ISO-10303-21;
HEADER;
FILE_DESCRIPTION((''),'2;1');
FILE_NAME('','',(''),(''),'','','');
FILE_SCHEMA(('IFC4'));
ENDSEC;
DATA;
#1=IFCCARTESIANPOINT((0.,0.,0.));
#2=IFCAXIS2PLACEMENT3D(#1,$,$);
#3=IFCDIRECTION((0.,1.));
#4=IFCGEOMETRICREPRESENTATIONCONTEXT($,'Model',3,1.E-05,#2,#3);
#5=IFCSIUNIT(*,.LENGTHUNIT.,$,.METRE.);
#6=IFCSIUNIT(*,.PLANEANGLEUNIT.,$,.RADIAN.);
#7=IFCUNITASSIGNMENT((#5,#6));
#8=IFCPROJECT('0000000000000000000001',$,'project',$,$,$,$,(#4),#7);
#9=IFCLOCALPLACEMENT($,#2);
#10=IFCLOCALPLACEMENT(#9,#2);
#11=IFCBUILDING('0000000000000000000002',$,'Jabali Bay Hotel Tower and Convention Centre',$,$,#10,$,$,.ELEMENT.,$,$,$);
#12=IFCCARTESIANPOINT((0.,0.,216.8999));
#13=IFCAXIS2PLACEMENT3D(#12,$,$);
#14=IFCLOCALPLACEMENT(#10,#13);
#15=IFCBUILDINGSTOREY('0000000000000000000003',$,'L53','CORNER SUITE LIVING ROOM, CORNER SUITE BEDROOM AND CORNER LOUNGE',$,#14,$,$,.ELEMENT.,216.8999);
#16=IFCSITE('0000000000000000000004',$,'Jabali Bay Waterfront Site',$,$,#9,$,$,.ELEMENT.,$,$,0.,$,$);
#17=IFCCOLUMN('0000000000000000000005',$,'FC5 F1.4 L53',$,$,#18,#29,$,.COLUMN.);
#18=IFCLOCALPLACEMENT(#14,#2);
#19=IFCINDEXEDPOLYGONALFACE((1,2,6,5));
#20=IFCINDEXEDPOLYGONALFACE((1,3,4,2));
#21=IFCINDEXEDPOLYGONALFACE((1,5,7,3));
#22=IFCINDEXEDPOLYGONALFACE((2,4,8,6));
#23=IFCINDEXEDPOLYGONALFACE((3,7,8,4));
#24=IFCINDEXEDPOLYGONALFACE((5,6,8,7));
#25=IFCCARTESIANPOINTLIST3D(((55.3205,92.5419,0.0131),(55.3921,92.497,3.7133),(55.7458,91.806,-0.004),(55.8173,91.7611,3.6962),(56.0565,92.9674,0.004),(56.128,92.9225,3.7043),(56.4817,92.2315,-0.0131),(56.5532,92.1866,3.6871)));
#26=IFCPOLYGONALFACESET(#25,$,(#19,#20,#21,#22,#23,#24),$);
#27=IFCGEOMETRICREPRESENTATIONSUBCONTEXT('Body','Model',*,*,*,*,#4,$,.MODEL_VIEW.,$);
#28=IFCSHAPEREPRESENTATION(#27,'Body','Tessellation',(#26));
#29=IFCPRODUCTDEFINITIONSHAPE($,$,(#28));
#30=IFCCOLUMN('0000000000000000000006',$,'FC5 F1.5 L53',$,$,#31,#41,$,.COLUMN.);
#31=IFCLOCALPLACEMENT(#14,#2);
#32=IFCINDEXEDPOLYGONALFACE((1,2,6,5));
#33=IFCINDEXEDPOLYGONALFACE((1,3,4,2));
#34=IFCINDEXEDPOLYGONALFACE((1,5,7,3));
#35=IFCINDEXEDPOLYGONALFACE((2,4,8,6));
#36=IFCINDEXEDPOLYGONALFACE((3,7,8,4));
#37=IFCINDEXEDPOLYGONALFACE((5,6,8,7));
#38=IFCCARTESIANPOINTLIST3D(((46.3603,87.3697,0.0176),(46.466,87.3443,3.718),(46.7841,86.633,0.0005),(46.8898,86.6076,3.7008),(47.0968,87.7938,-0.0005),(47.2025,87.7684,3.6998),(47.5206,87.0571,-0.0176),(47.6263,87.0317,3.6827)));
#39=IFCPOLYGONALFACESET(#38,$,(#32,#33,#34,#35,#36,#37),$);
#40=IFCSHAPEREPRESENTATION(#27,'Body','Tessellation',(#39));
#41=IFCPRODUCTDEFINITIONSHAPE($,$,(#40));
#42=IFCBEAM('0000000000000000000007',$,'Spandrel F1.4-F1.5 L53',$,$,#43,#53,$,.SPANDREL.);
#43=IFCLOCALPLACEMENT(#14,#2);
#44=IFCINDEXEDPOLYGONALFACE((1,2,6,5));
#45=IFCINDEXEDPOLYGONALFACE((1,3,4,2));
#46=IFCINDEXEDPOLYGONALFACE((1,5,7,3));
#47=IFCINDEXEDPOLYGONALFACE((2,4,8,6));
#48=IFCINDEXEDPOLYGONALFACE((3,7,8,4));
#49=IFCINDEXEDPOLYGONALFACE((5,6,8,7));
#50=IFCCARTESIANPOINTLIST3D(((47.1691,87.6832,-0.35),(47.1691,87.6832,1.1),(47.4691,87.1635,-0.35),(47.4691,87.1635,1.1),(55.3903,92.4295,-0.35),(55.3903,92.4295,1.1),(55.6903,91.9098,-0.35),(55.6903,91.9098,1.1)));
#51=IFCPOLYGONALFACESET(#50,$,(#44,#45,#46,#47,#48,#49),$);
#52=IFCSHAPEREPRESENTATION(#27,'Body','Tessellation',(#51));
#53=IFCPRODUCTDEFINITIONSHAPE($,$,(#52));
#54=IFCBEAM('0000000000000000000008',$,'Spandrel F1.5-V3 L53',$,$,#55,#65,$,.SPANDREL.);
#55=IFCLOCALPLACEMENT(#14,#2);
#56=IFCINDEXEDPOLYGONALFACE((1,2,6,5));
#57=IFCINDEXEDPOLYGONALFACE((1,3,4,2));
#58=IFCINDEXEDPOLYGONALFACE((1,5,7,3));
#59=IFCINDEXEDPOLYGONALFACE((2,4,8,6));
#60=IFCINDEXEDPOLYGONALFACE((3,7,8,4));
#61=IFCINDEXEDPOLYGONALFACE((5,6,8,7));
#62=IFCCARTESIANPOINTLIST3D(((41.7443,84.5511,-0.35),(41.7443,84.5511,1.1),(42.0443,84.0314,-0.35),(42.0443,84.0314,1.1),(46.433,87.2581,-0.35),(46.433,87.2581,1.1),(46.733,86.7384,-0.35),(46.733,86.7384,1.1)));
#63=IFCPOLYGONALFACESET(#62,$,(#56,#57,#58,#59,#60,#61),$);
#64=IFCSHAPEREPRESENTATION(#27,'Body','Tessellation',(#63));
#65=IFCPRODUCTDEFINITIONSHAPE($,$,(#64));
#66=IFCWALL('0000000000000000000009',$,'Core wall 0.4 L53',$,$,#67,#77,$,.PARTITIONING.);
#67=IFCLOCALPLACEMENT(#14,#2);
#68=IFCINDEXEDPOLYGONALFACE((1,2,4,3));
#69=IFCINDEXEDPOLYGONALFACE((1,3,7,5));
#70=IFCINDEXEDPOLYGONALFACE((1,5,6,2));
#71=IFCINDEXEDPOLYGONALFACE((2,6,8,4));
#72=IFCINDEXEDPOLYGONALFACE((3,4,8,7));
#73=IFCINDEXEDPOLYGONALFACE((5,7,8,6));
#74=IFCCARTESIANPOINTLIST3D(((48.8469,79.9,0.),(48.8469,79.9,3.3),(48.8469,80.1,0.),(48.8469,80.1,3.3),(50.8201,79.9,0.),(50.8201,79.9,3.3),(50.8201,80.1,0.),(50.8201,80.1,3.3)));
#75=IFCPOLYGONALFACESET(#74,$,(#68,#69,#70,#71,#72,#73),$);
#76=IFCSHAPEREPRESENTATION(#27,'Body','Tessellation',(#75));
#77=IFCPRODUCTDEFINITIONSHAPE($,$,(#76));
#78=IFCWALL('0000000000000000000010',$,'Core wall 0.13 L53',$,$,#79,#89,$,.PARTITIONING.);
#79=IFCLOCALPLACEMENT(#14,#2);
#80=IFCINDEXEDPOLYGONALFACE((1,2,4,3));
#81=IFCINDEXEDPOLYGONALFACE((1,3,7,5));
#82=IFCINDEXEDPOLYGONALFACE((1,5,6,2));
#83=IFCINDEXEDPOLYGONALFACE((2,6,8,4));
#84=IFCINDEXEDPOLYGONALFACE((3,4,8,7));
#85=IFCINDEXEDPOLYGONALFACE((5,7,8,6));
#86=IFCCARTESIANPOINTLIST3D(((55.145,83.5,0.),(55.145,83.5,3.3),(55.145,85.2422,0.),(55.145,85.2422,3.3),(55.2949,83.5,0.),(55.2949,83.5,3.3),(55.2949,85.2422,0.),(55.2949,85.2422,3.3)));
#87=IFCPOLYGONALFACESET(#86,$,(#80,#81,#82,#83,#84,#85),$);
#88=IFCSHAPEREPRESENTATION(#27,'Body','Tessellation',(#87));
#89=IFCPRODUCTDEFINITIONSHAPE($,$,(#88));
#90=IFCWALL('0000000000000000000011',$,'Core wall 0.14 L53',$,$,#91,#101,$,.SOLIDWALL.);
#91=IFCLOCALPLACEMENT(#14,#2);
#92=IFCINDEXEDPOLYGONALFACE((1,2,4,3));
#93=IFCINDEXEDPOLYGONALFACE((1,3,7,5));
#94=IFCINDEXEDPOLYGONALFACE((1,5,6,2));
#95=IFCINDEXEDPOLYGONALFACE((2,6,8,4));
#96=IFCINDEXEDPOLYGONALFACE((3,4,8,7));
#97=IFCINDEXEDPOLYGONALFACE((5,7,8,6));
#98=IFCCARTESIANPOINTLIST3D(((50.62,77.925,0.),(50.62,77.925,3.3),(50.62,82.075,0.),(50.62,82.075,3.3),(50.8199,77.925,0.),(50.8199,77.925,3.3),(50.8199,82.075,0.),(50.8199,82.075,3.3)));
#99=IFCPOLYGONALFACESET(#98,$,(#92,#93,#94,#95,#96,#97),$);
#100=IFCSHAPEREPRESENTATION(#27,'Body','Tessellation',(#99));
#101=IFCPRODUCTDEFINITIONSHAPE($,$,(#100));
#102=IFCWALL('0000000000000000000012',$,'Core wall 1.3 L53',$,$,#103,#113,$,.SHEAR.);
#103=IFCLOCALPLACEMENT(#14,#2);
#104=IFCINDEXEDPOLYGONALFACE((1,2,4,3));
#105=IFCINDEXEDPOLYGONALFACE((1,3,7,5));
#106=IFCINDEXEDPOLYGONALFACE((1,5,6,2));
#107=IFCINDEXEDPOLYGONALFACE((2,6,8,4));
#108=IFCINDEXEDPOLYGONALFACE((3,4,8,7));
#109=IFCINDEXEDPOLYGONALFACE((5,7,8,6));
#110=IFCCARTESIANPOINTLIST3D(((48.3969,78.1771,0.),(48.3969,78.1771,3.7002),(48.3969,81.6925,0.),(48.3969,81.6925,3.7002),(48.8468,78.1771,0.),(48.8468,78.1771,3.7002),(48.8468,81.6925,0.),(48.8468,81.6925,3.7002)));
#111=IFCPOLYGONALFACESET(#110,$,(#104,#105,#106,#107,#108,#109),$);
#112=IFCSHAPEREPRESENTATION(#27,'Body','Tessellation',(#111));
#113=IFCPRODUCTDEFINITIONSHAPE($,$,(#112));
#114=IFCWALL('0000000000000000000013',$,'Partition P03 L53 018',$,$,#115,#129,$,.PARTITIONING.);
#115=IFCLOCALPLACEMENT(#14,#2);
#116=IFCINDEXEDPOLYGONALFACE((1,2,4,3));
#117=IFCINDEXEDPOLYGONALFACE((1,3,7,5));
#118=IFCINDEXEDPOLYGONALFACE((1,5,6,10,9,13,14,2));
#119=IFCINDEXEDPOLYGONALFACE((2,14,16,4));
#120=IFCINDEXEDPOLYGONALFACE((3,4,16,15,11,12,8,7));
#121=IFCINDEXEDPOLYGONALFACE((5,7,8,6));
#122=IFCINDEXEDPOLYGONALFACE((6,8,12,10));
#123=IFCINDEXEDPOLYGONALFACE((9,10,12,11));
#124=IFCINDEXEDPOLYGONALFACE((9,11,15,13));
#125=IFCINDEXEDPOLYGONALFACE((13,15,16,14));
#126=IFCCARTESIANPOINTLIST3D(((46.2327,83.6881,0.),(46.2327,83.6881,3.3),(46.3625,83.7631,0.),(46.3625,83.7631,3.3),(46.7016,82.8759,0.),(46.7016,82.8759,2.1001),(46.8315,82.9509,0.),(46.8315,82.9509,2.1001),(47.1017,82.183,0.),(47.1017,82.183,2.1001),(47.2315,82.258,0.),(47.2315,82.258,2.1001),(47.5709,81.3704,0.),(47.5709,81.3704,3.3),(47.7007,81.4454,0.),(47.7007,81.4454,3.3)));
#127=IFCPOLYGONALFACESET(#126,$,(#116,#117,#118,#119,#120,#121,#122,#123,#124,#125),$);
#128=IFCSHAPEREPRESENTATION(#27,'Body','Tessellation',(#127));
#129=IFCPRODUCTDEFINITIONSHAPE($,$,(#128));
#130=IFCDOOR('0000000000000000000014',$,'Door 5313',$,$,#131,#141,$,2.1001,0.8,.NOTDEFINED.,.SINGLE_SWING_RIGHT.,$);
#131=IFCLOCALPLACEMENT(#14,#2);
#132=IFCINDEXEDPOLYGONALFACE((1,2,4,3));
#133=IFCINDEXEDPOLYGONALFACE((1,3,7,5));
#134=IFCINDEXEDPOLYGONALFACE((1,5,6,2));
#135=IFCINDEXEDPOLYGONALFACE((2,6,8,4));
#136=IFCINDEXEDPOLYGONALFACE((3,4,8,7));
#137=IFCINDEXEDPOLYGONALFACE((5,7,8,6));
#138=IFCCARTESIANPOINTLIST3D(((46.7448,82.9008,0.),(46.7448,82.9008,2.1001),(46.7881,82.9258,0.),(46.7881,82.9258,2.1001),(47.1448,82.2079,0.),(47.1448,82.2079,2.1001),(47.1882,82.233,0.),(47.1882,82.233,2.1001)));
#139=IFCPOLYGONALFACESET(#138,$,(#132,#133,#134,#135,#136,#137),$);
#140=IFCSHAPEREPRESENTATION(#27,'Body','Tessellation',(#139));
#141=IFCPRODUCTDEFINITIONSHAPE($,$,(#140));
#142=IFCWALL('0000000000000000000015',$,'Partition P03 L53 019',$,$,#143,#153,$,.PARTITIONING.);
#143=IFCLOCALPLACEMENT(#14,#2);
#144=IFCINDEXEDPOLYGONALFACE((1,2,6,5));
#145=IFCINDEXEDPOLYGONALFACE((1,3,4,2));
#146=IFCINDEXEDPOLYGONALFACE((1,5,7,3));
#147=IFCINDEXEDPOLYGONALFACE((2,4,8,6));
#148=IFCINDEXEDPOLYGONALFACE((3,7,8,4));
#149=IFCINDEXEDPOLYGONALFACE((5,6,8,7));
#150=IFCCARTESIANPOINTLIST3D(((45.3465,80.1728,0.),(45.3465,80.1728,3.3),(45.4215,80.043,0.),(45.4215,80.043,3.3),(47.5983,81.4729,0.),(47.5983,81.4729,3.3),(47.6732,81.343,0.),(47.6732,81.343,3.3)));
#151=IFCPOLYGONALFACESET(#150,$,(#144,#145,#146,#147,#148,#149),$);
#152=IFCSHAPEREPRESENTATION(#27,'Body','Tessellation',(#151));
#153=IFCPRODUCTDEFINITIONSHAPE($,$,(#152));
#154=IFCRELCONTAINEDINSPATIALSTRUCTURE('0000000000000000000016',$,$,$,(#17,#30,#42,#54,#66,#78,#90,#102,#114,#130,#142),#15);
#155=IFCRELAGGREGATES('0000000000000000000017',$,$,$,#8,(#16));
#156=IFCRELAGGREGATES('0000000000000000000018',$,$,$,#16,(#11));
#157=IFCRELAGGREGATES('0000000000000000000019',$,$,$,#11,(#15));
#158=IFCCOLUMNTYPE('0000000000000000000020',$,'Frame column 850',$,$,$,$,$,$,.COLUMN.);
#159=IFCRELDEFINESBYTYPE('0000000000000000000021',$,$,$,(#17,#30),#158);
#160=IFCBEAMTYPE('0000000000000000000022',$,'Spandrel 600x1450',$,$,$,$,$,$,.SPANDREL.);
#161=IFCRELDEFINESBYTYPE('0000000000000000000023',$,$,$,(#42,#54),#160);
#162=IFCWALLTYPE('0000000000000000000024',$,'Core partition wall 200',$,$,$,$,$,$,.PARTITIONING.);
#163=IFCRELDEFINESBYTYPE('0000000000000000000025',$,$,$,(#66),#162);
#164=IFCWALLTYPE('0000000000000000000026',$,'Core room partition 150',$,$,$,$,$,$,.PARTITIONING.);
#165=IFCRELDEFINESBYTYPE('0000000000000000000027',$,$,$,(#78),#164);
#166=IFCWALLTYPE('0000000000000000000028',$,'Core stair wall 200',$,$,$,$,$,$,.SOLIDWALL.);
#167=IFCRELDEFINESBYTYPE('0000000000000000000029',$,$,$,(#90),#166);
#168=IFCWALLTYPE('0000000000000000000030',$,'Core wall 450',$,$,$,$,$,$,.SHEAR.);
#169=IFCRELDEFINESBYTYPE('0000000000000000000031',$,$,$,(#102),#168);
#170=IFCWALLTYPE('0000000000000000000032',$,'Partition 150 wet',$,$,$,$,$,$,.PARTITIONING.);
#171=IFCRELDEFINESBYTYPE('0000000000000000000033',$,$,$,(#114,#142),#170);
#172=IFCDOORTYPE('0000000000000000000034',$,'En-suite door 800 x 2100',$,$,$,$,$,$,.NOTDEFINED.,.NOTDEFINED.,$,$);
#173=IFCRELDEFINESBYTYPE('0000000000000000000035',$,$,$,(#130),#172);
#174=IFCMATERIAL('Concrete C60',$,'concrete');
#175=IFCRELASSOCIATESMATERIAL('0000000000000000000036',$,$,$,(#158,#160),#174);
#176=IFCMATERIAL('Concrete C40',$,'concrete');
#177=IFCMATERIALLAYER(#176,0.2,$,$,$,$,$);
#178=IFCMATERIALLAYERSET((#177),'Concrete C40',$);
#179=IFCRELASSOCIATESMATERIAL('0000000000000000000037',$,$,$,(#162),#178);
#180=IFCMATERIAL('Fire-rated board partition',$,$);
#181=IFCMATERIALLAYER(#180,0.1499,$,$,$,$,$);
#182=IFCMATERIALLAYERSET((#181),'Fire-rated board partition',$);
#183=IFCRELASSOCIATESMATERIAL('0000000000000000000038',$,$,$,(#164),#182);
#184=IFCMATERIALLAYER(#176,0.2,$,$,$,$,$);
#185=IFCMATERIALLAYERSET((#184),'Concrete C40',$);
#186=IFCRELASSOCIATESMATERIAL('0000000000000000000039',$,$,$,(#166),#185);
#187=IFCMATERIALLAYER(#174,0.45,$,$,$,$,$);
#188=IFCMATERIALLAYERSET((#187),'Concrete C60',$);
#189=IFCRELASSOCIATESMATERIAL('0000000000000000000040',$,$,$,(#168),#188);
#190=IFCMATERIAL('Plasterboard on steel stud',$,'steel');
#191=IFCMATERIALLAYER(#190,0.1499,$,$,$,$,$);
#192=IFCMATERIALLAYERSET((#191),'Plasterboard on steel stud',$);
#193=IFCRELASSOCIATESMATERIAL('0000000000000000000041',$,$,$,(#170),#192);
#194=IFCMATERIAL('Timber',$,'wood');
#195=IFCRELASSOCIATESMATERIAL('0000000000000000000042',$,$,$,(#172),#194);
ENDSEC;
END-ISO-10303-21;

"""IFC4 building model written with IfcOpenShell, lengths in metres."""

from ifc_helpers import new_model, si_unit, direction, frame, frame_2d, origin, origin_2d, place, context, subcontext, project, spatial, rectangle, extrude, material, layer, layer_set, material_profile, profile_set, type_object, element, fill, save


model = new_model("IFC4")

# Units and contexts
model_context = context("Model", 3, precision=1e-05, world=origin(), true_north=direction((0.0, 1.0)))
body_context = subcontext(model_context, "Body", "Model", "MODEL_VIEW")
ifc_project = project(units=[si_unit("LENGTHUNIT", "METRE"), si_unit("PLANEANGLEUNIT", "RADIAN")], contexts=[model_context])

# Site, building, storey
site_placement = place(None, origin())
site = spatial("IfcSite", under=ifc_project, at=site_placement, Name="Jabali Bay Waterfront Site", CompositionType="ELEMENT", RefElevation=0.0)
building_placement = place(site_placement, origin())
building = spatial("IfcBuilding", under=site, at=building_placement, Name="Jabali Bay Hotel Tower and Convention Centre", CompositionType="ELEMENT")
storey_placement = place(building_placement, frame((0.0, 0.0, 216.8999)))
storey = spatial("IfcBuildingStorey", under=building, at=storey_placement, Name="L53", Description="CORNER SUITE LIVING ROOM, CORNER SUITE BEDROOM AND CORNER LOUNGE", CompositionType="ELEMENT", Elevation=216.8999)

# Columns
ifc_material_1 = material(Name="Concrete C60", Category="concrete")
ifc_material_profile_1 = material_profile(ifc_material_1, rectangle(XDim=0.8501, YDim=0.8501, at=origin_2d()), Name="Frame column 850")
ifc_profile_set_1 = profile_set([ifc_material_profile_1], Name="Concrete C60")
column_type = type_object("IfcColumnType", Name="Frame column 850", PredefinedType="COLUMN", material=ifc_profile_set_1)
column_1_placement = place(storey_placement, frame((55.9011, 92.3867, 0.0), z_axis=(0.019327, -0.012137, 0.99974), x_axis=(-0.500214, 0.865666, 0.02018)))
element("IfcColumn", 1, at=column_1_placement, inside=storey, type_object=column_type, Name="FC5 F1.4 L53", PredefinedType="COLUMN", context=body_context, shape_type="SweptSolid", body=[
    extrude(rectangle(XDim=0.8501, YDim=0.8501, at=origin_2d()), origin(), (0.0, 0.0, 1.0), 3.7012),
])
column_2_placement = place(storey_placement, frame((46.9404, 87.2134, 0.0), z_axis=(0.028557, -0.006859, 0.999569), x_axis=(-0.498515, 0.866646, 0.020189)))
element("IfcColumn", 2, at=column_2_placement, inside=storey, type_object=column_type, Name="FC5 F1.5 L53", PredefinedType="COLUMN", context=body_context, shape_type="SweptSolid", body=[
    extrude(rectangle(XDim=0.8501, YDim=0.8501, at=origin_2d()), origin(), (0.0, 0.0, 1.0), 3.7019),
])

# Beams
ifc_material_profile_2 = material_profile(ifc_material_1, rectangle(XDim=0.6001, YDim=1.45, at=origin_2d()), Name="Spandrel 600x1450")
ifc_profile_set_2 = profile_set([ifc_material_profile_2], Name="Concrete C60")
beam_type = type_object("IfcBeamType", Name="Spandrel 600x1450", PredefinedType="SPANDREL", material=ifc_profile_set_2)
beam_1_placement = place(storey_placement, frame((55.5403, 92.1697, 0.375), z_axis=(-0.866033, -0.499987, 0.0), x_axis=(0.499987, -0.866033, 0.0)))
element("IfcBeam", 3, at=beam_1_placement, inside=storey, type_object=beam_type, Name="Spandrel F1.4-F1.5 L53", PredefinedType="SPANDREL", context=body_context, shape_type="SweptSolid", body=[
    extrude(rectangle(XDim=0.6001, YDim=1.45, at=origin_2d()), origin(), (0.0, 0.0, 1.0), 9.4929),
])
beam_2_placement = place(storey_placement, frame((46.583, 86.9983, 0.375), z_axis=(-0.866026, -0.5, 0.0), x_axis=(0.5, -0.866026, 0.0)))
element("IfcBeam", 4, at=beam_2_placement, inside=storey, type_object=beam_type, Name="Spandrel F1.5-V3 L53", PredefinedType="SPANDREL", context=body_context, shape_type="SweptSolid", body=[
    extrude(rectangle(XDim=0.6001, YDim=1.45, at=origin_2d()), origin(), (0.0, 0.0, 1.0), 5.4141),
])

# Walls
ifc_material_2 = material(Name="Concrete C40", Category="concrete")
ifc_layer_1 = layer(ifc_material_2, 0.2)
ifc_layer_set_1 = layer_set([ifc_layer_1], Name="Concrete C40")
wall_type_1 = type_object("IfcWallType", Name="Core partition wall 200", PredefinedType="PARTITIONING", material=ifc_layer_set_1)
wall_1_placement = place(storey_placement, frame((50.8201, 80.0, 0.0), z_axis=(0.0, 0.0, 1.0), x_axis=(-1.0, 0.0, 0.0)))
element("IfcWall", 5, at=wall_1_placement, inside=storey, type_object=wall_type_1, Name="Core wall 0.4 L53", PredefinedType="PARTITIONING", context=body_context, shape_type="SweptSolid", body=[
    extrude(rectangle(XDim=1.9731, YDim=0.2, at=frame_2d((0.9866, 0.0))), origin(), (0.0, 0.0, 1.0), 3.3),
])
ifc_material_3 = material(Name="Fire-rated board partition")
ifc_layer_2 = layer(ifc_material_3, 0.1499)
ifc_layer_set_2 = layer_set([ifc_layer_2], Name="Fire-rated board partition")
wall_type_2 = type_object("IfcWallType", Name="Core room partition 150", PredefinedType="PARTITIONING", material=ifc_layer_set_2)
wall_2_placement = place(storey_placement, frame((55.22, 85.2422, 0.0), z_axis=(0.0, 0.0, 1.0), x_axis=(0.0, -1.0, 0.0)))
element("IfcWall", 6, at=wall_2_placement, inside=storey, type_object=wall_type_2, Name="Core wall 0.13 L53", PredefinedType="PARTITIONING", context=body_context, shape_type="SweptSolid", body=[
    extrude(rectangle(XDim=1.7422, YDim=0.1499, at=frame_2d((0.8711, 0.0))), origin(), (0.0, 0.0, 1.0), 3.3),
])
ifc_layer_3 = layer(ifc_material_2, 0.2)
ifc_layer_set_3 = layer_set([ifc_layer_3], Name="Concrete C40")
wall_type_3 = type_object("IfcWallType", Name="Core stair wall 200", PredefinedType="SOLIDWALL", material=ifc_layer_set_3)
wall_3_placement = place(storey_placement, frame((50.72, 82.075, 0.0), z_axis=(0.0, 0.0, 1.0), x_axis=(0.0, -1.0, 0.0)))
element("IfcWall", 7, at=wall_3_placement, inside=storey, type_object=wall_type_3, Name="Core wall 0.14 L53", PredefinedType="SOLIDWALL", context=body_context, shape_type="SweptSolid", body=[
    extrude(rectangle(XDim=4.1499, YDim=0.2, at=frame_2d((2.075, 0.0))), origin(), (0.0, 0.0, 1.0), 3.3),
])
ifc_layer_4 = layer(ifc_material_1, 0.45)
ifc_layer_set_4 = layer_set([ifc_layer_4], Name="Concrete C60")
wall_type_4 = type_object("IfcWallType", Name="Core wall 450", PredefinedType="SHEAR", material=ifc_layer_set_4)
wall_4_placement = place(storey_placement, frame((48.6218, 81.6926, 0.0), z_axis=(0.0, 0.0, 1.0), x_axis=(0.0, -1.0, 0.0)))
element("IfcWall", 8, at=wall_4_placement, inside=storey, type_object=wall_type_4, Name="Core wall 1.3 L53", PredefinedType="SHEAR", context=body_context, shape_type="SweptSolid", body=[
    extrude(rectangle(XDim=3.5154, YDim=0.45, at=frame_2d((1.7578, 0.0))), origin(), (0.0, 0.0, 1.0), 3.7002),
])

# Wall, opening, door
ifc_material_4 = material(Name="Plasterboard on steel stud", Category="steel")
ifc_layer_5 = layer(ifc_material_4, 0.1499)
ifc_layer_set_5 = layer_set([ifc_layer_5], Name="Plasterboard on steel stud")
wall_type_5 = type_object("IfcWallType", Name="Partition 150 wet", PredefinedType="PARTITIONING", material=ifc_layer_set_5)
wall_5_placement = place(storey_placement, frame((46.2976, 83.7256, 0.0), z_axis=(0.0, 0.0, 1.0), x_axis=(0.500015, -0.866017, 0.0)))
wall_5 = element("IfcWall", 9, at=wall_5_placement, inside=storey, type_object=wall_type_5, Name="Partition P03 L53 018", PredefinedType="PARTITIONING", context=body_context, shape_type="SweptSolid", body=[
    extrude(rectangle(XDim=2.6763, YDim=0.1499, at=frame_2d((1.3381, 0.0))), origin(), (0.0, 0.0, 1.0), 3.3),
])
opening_placement = place(wall_5_placement, frame((0.938, 0.0, 0.0)))
opening = element("IfcOpeningElement", 10, at=opening_placement, cuts=wall_5, PredefinedType="OPENING", context=body_context, shape_type="SweptSolid", body=[
    extrude(rectangle(XDim=0.8, YDim=2.1001, at=frame_2d((0.3999, 1.05))), frame((0.0, 0.0854, 0.0), z_axis=(0.0, -1.0, 0.0), x_axis=(1.0, 0.0, 0.0)), (0.0, 0.0, 1.0), 0.1709),
])
ifc_material_5 = material(Name="Timber", Category="wood")
door_type = type_object("IfcDoorType", Name="En-suite door 800 x 2100", OperationType="NOTDEFINED", PredefinedType="NOTDEFINED", material=ifc_material_5)
door_placement = place(opening_placement, origin())
door = element("IfcDoor", 11, at=door_placement, inside=storey, type_object=door_type, Name="Door 5313", OperationType="SINGLE_SWING_RIGHT", OverallHeight=2.1001, OverallWidth=0.8, PredefinedType="NOTDEFINED", context=body_context, shape_type="SweptSolid", body=[
    extrude(rectangle(XDim=0.8, YDim=2.1001, at=frame_2d((0.3999, 1.05))), frame((0.0, 0.0249, 0.0), z_axis=(0.0, -1.0, 0.0), x_axis=(1.0, 0.0, 0.0)), (0.0, 0.0, 1.0), 0.05),
])
fill(opening, door)

# Wall
wall_6_placement = place(storey_placement, frame((47.6357, 81.408, 0.0), z_axis=(0.0, 0.0, 1.0), x_axis=(-0.866021, -0.500007, 0.0)))
element("IfcWall", 12, at=wall_6_placement, inside=storey, type_object=wall_type_5, Name="Partition P03 L53 019", PredefinedType="PARTITIONING", context=body_context, shape_type="SweptSolid", body=[
    extrude(rectangle(XDim=2.6001, YDim=0.1499, at=frame_2d((1.3, 0.0))), origin(), (0.0, 0.0, 1.0), 3.3),
])

save(model, "model.ifc")
